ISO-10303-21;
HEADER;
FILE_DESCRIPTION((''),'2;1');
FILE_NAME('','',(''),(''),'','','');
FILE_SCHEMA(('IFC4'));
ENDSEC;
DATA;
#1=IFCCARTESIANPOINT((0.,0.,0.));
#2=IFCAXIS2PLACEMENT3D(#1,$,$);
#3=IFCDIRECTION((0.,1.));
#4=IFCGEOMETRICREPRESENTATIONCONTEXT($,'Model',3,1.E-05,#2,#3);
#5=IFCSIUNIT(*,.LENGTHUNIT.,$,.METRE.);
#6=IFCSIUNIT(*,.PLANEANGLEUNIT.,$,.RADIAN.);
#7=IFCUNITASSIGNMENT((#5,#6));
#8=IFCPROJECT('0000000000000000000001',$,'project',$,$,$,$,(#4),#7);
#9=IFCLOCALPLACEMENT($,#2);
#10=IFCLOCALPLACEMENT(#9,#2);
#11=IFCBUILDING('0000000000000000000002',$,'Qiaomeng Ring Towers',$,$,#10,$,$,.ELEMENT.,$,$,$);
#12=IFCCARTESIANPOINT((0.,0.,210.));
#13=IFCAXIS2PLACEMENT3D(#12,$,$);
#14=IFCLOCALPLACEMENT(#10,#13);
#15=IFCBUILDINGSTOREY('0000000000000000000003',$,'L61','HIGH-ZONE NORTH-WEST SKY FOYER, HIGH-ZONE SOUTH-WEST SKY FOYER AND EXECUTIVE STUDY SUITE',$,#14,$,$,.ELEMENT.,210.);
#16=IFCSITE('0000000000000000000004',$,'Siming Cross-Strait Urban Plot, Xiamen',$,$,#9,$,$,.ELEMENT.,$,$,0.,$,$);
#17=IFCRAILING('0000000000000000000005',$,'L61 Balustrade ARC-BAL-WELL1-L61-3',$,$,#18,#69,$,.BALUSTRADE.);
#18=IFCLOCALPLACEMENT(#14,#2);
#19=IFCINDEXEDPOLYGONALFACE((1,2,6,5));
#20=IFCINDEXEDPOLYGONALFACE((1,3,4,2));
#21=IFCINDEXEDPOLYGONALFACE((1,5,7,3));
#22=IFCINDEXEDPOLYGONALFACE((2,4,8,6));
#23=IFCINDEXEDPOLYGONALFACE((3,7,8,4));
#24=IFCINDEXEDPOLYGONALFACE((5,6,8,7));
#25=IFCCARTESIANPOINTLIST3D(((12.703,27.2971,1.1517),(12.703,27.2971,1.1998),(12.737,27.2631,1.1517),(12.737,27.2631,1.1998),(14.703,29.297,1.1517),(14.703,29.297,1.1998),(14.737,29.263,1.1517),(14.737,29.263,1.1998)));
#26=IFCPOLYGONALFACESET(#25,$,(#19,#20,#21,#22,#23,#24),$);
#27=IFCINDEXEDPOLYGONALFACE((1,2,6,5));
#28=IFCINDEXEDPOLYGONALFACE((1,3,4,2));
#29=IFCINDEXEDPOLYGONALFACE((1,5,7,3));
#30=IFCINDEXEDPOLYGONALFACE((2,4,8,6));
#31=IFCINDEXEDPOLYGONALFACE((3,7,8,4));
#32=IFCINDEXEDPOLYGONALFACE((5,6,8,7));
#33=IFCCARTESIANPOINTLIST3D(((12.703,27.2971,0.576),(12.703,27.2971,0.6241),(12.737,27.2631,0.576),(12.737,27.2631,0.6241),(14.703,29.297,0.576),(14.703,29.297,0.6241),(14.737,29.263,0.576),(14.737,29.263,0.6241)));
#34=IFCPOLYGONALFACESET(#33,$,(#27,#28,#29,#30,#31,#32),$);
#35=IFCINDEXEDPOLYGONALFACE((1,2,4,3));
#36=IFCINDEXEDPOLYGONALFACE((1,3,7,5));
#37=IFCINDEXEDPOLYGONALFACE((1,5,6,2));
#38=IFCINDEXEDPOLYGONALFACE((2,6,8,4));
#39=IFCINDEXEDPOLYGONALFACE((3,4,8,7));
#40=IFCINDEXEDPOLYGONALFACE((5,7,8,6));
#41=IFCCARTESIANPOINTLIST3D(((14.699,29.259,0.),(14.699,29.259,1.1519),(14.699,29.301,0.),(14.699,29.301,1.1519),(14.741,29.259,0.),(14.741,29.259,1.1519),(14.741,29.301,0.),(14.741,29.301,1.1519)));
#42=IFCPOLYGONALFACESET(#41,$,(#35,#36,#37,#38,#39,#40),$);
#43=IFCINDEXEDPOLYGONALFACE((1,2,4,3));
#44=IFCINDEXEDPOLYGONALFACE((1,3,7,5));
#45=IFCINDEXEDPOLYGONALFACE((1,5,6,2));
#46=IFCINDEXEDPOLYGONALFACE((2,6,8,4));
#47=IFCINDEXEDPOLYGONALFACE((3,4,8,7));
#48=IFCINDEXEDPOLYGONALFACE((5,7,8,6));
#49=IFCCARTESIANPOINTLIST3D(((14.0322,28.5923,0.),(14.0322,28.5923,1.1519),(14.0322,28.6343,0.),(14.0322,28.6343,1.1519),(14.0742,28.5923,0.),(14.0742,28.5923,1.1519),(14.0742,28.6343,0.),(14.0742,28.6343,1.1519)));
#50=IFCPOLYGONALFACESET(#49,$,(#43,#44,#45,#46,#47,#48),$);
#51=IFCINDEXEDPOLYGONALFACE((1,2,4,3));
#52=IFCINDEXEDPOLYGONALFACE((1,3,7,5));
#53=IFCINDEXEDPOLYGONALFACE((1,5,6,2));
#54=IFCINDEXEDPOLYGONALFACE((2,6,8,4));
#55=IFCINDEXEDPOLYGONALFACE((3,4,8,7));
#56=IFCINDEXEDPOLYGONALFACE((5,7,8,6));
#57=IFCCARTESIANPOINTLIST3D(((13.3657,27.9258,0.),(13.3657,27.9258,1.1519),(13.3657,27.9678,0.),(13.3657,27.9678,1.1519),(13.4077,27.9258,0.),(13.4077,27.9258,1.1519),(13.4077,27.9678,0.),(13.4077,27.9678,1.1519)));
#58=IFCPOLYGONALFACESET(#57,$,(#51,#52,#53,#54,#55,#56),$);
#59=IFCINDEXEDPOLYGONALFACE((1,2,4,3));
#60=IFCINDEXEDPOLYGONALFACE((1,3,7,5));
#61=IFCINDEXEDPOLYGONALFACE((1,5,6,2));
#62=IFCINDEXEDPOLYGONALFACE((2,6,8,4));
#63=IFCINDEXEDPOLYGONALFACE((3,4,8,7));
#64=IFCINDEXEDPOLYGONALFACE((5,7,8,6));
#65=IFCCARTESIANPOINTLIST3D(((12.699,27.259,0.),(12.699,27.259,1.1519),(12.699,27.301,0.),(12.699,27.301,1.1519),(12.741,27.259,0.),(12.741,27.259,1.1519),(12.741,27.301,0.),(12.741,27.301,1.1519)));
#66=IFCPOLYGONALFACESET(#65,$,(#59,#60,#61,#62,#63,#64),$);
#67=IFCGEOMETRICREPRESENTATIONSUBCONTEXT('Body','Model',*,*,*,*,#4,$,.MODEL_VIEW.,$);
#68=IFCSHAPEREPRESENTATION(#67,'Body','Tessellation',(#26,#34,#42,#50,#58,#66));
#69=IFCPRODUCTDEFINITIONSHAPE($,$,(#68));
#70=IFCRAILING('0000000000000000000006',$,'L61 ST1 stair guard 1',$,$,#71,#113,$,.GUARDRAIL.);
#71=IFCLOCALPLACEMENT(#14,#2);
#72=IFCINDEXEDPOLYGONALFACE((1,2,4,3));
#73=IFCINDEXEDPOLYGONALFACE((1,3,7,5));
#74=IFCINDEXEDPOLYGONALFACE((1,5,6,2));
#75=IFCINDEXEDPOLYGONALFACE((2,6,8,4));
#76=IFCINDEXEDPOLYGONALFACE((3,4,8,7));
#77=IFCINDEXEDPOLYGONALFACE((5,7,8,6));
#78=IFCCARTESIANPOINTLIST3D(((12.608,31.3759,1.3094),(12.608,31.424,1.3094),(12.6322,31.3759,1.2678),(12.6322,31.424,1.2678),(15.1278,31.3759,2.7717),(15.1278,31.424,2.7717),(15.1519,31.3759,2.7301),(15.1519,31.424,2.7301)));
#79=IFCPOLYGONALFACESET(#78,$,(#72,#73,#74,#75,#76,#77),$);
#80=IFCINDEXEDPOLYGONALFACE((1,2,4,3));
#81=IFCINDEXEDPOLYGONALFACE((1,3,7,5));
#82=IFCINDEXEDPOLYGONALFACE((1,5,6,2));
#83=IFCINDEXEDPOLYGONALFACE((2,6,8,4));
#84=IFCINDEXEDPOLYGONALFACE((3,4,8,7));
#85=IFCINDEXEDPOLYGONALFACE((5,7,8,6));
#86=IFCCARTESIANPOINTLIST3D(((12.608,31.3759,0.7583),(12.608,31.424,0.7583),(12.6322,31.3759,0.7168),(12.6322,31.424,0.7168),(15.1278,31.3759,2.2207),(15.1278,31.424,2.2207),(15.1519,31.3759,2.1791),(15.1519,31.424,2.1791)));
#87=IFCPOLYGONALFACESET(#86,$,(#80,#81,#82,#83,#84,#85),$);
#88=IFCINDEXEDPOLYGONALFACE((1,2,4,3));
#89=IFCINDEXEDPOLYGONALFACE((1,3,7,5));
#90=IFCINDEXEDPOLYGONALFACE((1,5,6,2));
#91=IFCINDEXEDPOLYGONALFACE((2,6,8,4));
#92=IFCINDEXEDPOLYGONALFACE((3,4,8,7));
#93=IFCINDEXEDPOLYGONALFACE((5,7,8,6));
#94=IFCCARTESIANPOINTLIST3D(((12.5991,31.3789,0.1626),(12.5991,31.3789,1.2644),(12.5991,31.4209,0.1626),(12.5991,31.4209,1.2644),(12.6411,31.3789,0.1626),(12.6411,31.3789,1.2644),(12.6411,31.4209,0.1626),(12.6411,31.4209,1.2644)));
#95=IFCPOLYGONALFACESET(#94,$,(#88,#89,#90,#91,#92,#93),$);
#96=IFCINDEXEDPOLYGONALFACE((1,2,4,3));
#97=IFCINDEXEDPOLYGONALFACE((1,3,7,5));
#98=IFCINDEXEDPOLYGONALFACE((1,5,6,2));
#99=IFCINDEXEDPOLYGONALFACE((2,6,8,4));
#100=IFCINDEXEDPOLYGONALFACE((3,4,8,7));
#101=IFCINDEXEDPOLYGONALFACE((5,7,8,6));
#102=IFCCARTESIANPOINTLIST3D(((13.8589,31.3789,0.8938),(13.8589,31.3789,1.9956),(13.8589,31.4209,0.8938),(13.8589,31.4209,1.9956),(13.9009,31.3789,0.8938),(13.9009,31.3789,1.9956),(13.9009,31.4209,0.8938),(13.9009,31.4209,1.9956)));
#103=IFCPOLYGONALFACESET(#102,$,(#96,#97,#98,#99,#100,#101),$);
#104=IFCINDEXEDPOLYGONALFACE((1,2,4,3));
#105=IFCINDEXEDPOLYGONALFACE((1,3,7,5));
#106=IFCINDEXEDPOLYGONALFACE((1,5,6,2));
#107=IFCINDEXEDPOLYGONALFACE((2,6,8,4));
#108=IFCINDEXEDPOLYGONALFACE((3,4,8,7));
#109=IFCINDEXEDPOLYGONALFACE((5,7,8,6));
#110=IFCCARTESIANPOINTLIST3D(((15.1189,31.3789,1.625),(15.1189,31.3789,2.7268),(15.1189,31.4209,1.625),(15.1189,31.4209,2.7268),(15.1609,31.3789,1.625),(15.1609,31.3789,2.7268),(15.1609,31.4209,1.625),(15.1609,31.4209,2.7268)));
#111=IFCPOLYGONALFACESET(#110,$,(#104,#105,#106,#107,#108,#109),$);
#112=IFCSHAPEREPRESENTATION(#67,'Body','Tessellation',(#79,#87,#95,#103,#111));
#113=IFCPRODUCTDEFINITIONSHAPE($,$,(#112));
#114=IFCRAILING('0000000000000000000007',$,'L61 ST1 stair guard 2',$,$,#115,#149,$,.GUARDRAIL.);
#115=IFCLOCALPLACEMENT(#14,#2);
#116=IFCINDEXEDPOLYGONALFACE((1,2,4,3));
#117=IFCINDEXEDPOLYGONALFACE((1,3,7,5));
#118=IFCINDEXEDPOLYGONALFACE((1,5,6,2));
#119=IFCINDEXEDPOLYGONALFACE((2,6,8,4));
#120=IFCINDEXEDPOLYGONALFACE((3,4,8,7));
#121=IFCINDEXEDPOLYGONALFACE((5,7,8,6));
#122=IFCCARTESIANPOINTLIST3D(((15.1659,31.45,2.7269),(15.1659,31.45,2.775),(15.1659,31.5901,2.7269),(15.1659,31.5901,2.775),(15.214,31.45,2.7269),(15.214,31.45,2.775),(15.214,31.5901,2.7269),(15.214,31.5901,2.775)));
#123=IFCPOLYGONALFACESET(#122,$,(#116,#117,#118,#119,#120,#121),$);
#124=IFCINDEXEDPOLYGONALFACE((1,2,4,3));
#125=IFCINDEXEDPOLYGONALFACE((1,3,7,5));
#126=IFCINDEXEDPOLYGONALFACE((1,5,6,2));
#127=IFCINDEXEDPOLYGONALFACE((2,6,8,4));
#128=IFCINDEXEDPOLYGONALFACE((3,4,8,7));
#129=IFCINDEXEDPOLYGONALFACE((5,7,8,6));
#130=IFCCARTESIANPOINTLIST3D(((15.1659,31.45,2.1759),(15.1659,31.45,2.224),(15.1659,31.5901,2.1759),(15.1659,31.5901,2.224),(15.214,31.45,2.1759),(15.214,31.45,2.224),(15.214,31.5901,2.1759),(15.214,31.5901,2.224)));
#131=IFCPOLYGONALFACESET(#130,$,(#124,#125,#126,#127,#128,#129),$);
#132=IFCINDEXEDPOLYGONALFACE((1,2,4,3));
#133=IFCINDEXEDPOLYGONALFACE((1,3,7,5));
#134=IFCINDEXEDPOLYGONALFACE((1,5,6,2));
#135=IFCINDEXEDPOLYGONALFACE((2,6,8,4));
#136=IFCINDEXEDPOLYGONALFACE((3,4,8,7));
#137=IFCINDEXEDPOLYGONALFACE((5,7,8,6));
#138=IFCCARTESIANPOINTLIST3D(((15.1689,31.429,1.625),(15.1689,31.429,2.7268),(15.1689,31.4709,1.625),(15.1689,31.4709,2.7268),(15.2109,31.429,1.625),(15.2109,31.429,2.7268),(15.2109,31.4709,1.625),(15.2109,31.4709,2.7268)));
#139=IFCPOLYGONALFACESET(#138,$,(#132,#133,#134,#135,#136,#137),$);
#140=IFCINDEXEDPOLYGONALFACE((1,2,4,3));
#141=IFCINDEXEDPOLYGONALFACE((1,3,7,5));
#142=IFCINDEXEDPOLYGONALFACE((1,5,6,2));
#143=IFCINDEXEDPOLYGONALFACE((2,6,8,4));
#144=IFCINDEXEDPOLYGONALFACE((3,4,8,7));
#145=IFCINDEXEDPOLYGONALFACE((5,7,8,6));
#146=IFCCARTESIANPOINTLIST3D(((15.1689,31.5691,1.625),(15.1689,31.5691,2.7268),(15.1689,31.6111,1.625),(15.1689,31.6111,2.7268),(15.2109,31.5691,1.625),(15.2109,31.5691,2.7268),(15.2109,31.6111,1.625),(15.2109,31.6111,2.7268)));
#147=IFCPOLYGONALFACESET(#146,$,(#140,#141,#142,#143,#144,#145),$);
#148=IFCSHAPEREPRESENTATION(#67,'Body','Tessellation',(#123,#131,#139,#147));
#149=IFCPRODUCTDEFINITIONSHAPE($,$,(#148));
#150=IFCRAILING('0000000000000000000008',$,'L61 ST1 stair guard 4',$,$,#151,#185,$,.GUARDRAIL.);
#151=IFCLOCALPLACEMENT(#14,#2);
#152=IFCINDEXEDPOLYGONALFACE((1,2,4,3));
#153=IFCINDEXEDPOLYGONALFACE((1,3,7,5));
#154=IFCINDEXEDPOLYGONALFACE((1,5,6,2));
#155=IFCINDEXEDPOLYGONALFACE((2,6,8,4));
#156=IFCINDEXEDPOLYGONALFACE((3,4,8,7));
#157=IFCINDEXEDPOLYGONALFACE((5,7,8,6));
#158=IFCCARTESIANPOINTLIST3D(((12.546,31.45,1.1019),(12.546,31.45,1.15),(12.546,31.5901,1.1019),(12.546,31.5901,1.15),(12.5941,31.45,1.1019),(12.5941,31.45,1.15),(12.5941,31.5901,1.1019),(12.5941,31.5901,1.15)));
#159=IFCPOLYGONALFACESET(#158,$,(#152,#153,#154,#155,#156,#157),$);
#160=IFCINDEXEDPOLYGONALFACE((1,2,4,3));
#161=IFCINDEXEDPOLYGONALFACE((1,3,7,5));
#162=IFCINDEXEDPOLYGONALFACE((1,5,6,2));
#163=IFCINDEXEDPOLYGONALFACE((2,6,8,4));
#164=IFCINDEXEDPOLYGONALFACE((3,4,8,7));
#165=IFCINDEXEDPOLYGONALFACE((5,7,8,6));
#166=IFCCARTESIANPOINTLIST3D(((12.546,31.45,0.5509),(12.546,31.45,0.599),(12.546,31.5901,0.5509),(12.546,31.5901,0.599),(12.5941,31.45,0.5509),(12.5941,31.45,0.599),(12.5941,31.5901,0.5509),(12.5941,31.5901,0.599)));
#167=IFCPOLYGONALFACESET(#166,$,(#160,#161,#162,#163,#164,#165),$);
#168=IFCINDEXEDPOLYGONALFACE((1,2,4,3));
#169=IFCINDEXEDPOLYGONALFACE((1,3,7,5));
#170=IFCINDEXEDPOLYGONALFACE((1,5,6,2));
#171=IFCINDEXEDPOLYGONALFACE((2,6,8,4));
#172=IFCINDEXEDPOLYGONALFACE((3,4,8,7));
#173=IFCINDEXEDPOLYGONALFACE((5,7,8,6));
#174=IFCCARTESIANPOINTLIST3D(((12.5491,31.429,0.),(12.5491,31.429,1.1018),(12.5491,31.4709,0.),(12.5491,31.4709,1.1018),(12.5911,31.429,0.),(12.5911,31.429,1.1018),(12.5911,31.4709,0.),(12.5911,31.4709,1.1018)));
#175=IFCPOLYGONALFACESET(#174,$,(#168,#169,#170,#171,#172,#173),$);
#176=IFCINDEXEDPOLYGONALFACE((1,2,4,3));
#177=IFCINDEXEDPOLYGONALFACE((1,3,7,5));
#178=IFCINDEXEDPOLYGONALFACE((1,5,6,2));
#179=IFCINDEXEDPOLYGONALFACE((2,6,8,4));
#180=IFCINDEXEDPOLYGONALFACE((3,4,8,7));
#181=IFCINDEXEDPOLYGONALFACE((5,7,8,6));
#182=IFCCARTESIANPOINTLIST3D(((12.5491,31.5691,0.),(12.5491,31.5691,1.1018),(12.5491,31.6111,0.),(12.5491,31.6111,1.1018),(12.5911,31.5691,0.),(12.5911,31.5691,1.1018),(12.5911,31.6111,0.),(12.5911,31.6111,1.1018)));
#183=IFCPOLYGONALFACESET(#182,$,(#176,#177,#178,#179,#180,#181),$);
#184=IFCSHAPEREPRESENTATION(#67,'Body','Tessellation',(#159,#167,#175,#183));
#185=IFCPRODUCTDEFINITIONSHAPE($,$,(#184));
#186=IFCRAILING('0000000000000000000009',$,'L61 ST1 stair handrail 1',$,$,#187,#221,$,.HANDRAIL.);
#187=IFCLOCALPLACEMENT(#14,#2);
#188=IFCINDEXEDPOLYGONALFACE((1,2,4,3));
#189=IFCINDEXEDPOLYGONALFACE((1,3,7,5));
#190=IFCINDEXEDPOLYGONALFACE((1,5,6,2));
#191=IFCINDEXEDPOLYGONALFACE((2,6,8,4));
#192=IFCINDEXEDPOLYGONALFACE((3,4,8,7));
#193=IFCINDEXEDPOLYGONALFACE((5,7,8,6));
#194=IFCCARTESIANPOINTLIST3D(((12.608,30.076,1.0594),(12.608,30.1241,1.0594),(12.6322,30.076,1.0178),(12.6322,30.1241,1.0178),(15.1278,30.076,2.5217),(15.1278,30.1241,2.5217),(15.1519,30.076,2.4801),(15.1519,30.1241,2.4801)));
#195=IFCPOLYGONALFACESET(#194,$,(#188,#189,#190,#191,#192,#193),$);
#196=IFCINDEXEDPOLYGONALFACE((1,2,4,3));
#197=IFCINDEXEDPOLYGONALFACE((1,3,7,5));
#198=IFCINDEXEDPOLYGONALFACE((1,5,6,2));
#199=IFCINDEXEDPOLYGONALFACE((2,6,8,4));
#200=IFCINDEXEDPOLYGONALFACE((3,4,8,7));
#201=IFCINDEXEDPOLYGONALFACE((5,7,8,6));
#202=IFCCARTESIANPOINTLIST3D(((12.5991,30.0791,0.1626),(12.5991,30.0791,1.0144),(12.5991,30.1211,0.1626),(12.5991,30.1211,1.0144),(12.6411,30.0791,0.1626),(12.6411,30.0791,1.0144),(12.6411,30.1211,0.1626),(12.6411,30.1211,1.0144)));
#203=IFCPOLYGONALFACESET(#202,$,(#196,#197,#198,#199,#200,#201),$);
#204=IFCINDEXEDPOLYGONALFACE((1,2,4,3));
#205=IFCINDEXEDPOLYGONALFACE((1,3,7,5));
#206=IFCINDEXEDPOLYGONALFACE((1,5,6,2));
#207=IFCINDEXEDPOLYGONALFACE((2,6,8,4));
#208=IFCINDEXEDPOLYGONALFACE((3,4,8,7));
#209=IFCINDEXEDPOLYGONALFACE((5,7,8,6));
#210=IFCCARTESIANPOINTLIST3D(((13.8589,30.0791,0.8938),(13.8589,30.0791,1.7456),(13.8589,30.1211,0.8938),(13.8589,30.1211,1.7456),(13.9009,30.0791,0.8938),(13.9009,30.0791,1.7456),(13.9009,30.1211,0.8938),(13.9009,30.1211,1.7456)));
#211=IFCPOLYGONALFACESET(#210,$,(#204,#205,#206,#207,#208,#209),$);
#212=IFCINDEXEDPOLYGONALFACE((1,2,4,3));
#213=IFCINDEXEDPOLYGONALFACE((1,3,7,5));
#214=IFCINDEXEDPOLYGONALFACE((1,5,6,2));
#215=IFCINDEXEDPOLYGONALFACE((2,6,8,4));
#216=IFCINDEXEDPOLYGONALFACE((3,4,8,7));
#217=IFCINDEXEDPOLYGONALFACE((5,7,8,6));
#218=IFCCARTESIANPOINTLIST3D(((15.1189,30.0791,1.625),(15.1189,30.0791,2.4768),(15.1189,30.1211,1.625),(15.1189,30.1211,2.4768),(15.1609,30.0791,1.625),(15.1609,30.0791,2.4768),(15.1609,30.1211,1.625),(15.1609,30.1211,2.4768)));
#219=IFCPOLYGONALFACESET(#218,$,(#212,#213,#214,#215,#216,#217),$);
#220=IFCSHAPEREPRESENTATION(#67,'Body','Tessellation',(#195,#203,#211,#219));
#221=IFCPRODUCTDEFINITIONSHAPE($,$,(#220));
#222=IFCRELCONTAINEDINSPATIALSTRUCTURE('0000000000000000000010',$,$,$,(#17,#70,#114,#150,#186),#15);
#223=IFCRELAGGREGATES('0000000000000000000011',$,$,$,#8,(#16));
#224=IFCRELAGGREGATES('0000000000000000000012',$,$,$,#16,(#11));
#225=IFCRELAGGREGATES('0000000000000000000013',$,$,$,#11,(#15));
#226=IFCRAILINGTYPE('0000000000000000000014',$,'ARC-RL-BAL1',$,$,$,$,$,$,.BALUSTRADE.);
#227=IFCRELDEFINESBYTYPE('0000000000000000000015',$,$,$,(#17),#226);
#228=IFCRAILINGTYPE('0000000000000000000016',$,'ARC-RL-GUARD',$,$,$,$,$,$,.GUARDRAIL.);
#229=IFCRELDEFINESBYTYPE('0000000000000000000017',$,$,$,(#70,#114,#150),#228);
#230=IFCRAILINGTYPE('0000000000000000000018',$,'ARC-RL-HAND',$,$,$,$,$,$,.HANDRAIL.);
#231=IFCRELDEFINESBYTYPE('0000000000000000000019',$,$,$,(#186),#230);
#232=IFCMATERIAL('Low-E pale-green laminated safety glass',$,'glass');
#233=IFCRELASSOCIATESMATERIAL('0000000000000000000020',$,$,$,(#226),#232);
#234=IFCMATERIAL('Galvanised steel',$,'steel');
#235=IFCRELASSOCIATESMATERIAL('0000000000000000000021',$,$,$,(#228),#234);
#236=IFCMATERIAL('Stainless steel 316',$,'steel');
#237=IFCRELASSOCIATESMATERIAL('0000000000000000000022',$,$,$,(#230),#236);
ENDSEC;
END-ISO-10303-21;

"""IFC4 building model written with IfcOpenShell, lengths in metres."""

from ifc_helpers import new_model, si_unit, direction, frame, origin, origin_2d, place, context, subcontext, project, spatial, rectangle, extrude, material, type_object, element, save


model = new_model("IFC4")

# Units and contexts
model_context = context("Model", 3, precision=1e-05, world=origin(), true_north=direction((0.0, 1.0)))
body_context = subcontext(model_context, "Body", "Model", "MODEL_VIEW")
ifc_project = project(units=[si_unit("LENGTHUNIT", "METRE"), si_unit("PLANEANGLEUNIT", "RADIAN")], contexts=[model_context])

# Site, building, storey
site_placement = place(None, origin())
site = spatial("IfcSite", under=ifc_project, at=site_placement, Name="Siming Cross-Strait Urban Plot, Xiamen", CompositionType="ELEMENT", RefElevation=0.0)
building_placement = place(site_placement, origin())
building = spatial("IfcBuilding", under=site, at=building_placement, Name="Qiaomeng Ring Towers", CompositionType="ELEMENT")
storey_placement = place(building_placement, frame((0.0, 0.0, 210.0)))
storey = spatial("IfcBuildingStorey", under=building, at=storey_placement, Name="L61", Description="HIGH-ZONE NORTH-WEST SKY FOYER, HIGH-ZONE SOUTH-WEST SKY FOYER AND EXECUTIVE STUDY SUITE", CompositionType="ELEMENT", Elevation=210.0)

# Shared definitions
ifc_material_1 = material(Name="Stainless steel 316", Category="steel")

# Railings
ifc_material_2 = material(Name="Low-E pale-green laminated safety glass", Category="glass")
railing_type_1 = type_object("IfcRailingType", Name="ARC-RL-BAL1", PredefinedType="BALUSTRADE", material=ifc_material_2)
railing_1_placement = place(storey_placement, frame((14.72, 29.28, 0.0)))
element("IfcRailing", 1, at=railing_1_placement, inside=storey, type_object=railing_type_1, Name="L61 Balustrade ARC-BAL-WELL1-L61-3", PredefinedType="BALUSTRADE", context=body_context, shape_type="SweptSolid", body=[
    extrude(rectangle(XDim=0.0481, YDim=0.0481, at=origin_2d()), frame((0.0, 0.0, 1.1758), z_axis=(-0.707107, -0.707107, 0.0), x_axis=(0.707107, -0.707107, 0.0)), (0.0, 0.0, 1.0), 2.8284),
    extrude(rectangle(XDim=0.0481, YDim=0.0481, at=origin_2d()), frame((0.0, 0.0, 0.6001), z_axis=(-0.707107, -0.707107, 0.0), x_axis=(0.707107, -0.707107, 0.0)), (0.0, 0.0, 1.0), 2.8284),
    extrude(rectangle(XDim=0.042, YDim=0.042, at=origin_2d()), origin(), (0.0, 0.0, 1.0), 1.1519),
    extrude(rectangle(XDim=0.042, YDim=0.042, at=origin_2d()), frame((-0.6667, -0.6667, 0.0)), (0.0, 0.0, 1.0), 1.1519),
    extrude(rectangle(XDim=0.042, YDim=0.042, at=origin_2d()), frame((-1.3333, -1.3333, 0.0)), (0.0, 0.0, 1.0), 1.1519),
    extrude(rectangle(XDim=0.042, YDim=0.042, at=origin_2d()), frame((-2.0, -2.0, 0.0)), (0.0, 0.0, 1.0), 1.1519),
])
ifc_material_3 = material(Name="Galvanised steel", Category="steel")
railing_type_2 = type_object("IfcRailingType", Name="ARC-RL-GUARD", PredefinedType="GUARDRAIL", material=ifc_material_3)
railing_2_placement = place(storey_placement, frame((12.6201, 31.3999, 0.1626)))
element("IfcRailing", 2, at=railing_2_placement, inside=storey, type_object=railing_type_2, Name="L61 ST1 stair guard 1", PredefinedType="GUARDRAIL", context=body_context, shape_type="SweptSolid", body=[
    extrude(rectangle(XDim=0.0481, YDim=0.0481, at=origin_2d()), frame((0.0, 0.0, 1.126), z_axis=(0.864892, 0.0, 0.501958), x_axis=(0.0, 1.0, 0.0)), (0.0, 0.0, 1.0), 2.9133),
    extrude(rectangle(XDim=0.0481, YDim=0.0481, at=origin_2d()), frame((0.0, 0.0, 0.575), z_axis=(0.864892, 0.0, 0.501958), x_axis=(0.0, 1.0, 0.0)), (0.0, 0.0, 1.0), 2.9133),
    extrude(rectangle(XDim=0.042, YDim=0.042, at=origin_2d()), origin(), (0.0, 0.0, 1.0), 1.1018),
    extrude(rectangle(XDim=0.042, YDim=0.042, at=origin_2d()), frame((1.2598, 0.0, 0.7312)), (0.0, 0.0, 1.0), 1.1018),
    extrude(rectangle(XDim=0.042, YDim=0.042, at=origin_2d()), frame((2.5198, 0.0, 1.4624)), (0.0, 0.0, 1.0), 1.1018),
])
for number, where, name in (
    (3, (15.1899, 31.45, 1.625), "L61 ST1 stair guard 2"),
    (4, (12.5701, 31.45, 0.0), "L61 ST1 stair guard 4"),
):
    element("IfcRailing", number, at=place(storey_placement, frame(where)), inside=storey, type_object=railing_type_2, Name=name, PredefinedType="GUARDRAIL", context=body_context, shape_type="SweptSolid", body=[
        extrude(rectangle(XDim=0.0481, YDim=0.0481, at=origin_2d()), frame((0.0, 0.0, 1.126), z_axis=(0.0, 1.0, 0.0), x_axis=(-1.0, 0.0, 0.0)), (0.0, 0.0, 1.0), 0.1401),
        extrude(rectangle(XDim=0.0481, YDim=0.0481, at=origin_2d()), frame((0.0, 0.0, 0.575), z_axis=(0.0, 1.0, 0.0), x_axis=(-1.0, 0.0, 0.0)), (0.0, 0.0, 1.0), 0.1401),
        extrude(rectangle(XDim=0.042, YDim=0.042, at=origin_2d()), origin(), (0.0, 0.0, 1.0), 1.1018),
        extrude(rectangle(XDim=0.042, YDim=0.042, at=origin_2d()), frame((0.0, 0.1401, 0.0)), (0.0, 0.0, 1.0), 1.1018),
    ])
railing_type_3 = type_object("IfcRailingType", Name="ARC-RL-HAND", PredefinedType="HANDRAIL", material=ifc_material_1)
railing_3_placement = place(storey_placement, frame((12.6201, 30.1001, 0.1626)))
element("IfcRailing", 5, at=railing_3_placement, inside=storey, type_object=railing_type_3, Name="L61 ST1 stair handrail 1", PredefinedType="HANDRAIL", context=body_context, shape_type="SweptSolid", body=[
    extrude(rectangle(XDim=0.0481, YDim=0.0481, at=origin_2d()), frame((0.0, 0.0, 0.876), z_axis=(0.864892, 0.0, 0.501958), x_axis=(0.0, 1.0, 0.0)), (0.0, 0.0, 1.0), 2.9133),
    extrude(rectangle(XDim=0.042, YDim=0.042, at=origin_2d()), origin(), (0.0, 0.0, 1.0), 0.8518),
    extrude(rectangle(XDim=0.042, YDim=0.042, at=origin_2d()), frame((1.2598, 0.0, 0.7312)), (0.0, 0.0, 1.0), 0.8518),
    extrude(rectangle(XDim=0.042, YDim=0.042, at=origin_2d()), frame((2.5198, 0.0, 1.4624)), (0.0, 0.0, 1.0), 0.8518),
])

save(model, "model.ifc")
